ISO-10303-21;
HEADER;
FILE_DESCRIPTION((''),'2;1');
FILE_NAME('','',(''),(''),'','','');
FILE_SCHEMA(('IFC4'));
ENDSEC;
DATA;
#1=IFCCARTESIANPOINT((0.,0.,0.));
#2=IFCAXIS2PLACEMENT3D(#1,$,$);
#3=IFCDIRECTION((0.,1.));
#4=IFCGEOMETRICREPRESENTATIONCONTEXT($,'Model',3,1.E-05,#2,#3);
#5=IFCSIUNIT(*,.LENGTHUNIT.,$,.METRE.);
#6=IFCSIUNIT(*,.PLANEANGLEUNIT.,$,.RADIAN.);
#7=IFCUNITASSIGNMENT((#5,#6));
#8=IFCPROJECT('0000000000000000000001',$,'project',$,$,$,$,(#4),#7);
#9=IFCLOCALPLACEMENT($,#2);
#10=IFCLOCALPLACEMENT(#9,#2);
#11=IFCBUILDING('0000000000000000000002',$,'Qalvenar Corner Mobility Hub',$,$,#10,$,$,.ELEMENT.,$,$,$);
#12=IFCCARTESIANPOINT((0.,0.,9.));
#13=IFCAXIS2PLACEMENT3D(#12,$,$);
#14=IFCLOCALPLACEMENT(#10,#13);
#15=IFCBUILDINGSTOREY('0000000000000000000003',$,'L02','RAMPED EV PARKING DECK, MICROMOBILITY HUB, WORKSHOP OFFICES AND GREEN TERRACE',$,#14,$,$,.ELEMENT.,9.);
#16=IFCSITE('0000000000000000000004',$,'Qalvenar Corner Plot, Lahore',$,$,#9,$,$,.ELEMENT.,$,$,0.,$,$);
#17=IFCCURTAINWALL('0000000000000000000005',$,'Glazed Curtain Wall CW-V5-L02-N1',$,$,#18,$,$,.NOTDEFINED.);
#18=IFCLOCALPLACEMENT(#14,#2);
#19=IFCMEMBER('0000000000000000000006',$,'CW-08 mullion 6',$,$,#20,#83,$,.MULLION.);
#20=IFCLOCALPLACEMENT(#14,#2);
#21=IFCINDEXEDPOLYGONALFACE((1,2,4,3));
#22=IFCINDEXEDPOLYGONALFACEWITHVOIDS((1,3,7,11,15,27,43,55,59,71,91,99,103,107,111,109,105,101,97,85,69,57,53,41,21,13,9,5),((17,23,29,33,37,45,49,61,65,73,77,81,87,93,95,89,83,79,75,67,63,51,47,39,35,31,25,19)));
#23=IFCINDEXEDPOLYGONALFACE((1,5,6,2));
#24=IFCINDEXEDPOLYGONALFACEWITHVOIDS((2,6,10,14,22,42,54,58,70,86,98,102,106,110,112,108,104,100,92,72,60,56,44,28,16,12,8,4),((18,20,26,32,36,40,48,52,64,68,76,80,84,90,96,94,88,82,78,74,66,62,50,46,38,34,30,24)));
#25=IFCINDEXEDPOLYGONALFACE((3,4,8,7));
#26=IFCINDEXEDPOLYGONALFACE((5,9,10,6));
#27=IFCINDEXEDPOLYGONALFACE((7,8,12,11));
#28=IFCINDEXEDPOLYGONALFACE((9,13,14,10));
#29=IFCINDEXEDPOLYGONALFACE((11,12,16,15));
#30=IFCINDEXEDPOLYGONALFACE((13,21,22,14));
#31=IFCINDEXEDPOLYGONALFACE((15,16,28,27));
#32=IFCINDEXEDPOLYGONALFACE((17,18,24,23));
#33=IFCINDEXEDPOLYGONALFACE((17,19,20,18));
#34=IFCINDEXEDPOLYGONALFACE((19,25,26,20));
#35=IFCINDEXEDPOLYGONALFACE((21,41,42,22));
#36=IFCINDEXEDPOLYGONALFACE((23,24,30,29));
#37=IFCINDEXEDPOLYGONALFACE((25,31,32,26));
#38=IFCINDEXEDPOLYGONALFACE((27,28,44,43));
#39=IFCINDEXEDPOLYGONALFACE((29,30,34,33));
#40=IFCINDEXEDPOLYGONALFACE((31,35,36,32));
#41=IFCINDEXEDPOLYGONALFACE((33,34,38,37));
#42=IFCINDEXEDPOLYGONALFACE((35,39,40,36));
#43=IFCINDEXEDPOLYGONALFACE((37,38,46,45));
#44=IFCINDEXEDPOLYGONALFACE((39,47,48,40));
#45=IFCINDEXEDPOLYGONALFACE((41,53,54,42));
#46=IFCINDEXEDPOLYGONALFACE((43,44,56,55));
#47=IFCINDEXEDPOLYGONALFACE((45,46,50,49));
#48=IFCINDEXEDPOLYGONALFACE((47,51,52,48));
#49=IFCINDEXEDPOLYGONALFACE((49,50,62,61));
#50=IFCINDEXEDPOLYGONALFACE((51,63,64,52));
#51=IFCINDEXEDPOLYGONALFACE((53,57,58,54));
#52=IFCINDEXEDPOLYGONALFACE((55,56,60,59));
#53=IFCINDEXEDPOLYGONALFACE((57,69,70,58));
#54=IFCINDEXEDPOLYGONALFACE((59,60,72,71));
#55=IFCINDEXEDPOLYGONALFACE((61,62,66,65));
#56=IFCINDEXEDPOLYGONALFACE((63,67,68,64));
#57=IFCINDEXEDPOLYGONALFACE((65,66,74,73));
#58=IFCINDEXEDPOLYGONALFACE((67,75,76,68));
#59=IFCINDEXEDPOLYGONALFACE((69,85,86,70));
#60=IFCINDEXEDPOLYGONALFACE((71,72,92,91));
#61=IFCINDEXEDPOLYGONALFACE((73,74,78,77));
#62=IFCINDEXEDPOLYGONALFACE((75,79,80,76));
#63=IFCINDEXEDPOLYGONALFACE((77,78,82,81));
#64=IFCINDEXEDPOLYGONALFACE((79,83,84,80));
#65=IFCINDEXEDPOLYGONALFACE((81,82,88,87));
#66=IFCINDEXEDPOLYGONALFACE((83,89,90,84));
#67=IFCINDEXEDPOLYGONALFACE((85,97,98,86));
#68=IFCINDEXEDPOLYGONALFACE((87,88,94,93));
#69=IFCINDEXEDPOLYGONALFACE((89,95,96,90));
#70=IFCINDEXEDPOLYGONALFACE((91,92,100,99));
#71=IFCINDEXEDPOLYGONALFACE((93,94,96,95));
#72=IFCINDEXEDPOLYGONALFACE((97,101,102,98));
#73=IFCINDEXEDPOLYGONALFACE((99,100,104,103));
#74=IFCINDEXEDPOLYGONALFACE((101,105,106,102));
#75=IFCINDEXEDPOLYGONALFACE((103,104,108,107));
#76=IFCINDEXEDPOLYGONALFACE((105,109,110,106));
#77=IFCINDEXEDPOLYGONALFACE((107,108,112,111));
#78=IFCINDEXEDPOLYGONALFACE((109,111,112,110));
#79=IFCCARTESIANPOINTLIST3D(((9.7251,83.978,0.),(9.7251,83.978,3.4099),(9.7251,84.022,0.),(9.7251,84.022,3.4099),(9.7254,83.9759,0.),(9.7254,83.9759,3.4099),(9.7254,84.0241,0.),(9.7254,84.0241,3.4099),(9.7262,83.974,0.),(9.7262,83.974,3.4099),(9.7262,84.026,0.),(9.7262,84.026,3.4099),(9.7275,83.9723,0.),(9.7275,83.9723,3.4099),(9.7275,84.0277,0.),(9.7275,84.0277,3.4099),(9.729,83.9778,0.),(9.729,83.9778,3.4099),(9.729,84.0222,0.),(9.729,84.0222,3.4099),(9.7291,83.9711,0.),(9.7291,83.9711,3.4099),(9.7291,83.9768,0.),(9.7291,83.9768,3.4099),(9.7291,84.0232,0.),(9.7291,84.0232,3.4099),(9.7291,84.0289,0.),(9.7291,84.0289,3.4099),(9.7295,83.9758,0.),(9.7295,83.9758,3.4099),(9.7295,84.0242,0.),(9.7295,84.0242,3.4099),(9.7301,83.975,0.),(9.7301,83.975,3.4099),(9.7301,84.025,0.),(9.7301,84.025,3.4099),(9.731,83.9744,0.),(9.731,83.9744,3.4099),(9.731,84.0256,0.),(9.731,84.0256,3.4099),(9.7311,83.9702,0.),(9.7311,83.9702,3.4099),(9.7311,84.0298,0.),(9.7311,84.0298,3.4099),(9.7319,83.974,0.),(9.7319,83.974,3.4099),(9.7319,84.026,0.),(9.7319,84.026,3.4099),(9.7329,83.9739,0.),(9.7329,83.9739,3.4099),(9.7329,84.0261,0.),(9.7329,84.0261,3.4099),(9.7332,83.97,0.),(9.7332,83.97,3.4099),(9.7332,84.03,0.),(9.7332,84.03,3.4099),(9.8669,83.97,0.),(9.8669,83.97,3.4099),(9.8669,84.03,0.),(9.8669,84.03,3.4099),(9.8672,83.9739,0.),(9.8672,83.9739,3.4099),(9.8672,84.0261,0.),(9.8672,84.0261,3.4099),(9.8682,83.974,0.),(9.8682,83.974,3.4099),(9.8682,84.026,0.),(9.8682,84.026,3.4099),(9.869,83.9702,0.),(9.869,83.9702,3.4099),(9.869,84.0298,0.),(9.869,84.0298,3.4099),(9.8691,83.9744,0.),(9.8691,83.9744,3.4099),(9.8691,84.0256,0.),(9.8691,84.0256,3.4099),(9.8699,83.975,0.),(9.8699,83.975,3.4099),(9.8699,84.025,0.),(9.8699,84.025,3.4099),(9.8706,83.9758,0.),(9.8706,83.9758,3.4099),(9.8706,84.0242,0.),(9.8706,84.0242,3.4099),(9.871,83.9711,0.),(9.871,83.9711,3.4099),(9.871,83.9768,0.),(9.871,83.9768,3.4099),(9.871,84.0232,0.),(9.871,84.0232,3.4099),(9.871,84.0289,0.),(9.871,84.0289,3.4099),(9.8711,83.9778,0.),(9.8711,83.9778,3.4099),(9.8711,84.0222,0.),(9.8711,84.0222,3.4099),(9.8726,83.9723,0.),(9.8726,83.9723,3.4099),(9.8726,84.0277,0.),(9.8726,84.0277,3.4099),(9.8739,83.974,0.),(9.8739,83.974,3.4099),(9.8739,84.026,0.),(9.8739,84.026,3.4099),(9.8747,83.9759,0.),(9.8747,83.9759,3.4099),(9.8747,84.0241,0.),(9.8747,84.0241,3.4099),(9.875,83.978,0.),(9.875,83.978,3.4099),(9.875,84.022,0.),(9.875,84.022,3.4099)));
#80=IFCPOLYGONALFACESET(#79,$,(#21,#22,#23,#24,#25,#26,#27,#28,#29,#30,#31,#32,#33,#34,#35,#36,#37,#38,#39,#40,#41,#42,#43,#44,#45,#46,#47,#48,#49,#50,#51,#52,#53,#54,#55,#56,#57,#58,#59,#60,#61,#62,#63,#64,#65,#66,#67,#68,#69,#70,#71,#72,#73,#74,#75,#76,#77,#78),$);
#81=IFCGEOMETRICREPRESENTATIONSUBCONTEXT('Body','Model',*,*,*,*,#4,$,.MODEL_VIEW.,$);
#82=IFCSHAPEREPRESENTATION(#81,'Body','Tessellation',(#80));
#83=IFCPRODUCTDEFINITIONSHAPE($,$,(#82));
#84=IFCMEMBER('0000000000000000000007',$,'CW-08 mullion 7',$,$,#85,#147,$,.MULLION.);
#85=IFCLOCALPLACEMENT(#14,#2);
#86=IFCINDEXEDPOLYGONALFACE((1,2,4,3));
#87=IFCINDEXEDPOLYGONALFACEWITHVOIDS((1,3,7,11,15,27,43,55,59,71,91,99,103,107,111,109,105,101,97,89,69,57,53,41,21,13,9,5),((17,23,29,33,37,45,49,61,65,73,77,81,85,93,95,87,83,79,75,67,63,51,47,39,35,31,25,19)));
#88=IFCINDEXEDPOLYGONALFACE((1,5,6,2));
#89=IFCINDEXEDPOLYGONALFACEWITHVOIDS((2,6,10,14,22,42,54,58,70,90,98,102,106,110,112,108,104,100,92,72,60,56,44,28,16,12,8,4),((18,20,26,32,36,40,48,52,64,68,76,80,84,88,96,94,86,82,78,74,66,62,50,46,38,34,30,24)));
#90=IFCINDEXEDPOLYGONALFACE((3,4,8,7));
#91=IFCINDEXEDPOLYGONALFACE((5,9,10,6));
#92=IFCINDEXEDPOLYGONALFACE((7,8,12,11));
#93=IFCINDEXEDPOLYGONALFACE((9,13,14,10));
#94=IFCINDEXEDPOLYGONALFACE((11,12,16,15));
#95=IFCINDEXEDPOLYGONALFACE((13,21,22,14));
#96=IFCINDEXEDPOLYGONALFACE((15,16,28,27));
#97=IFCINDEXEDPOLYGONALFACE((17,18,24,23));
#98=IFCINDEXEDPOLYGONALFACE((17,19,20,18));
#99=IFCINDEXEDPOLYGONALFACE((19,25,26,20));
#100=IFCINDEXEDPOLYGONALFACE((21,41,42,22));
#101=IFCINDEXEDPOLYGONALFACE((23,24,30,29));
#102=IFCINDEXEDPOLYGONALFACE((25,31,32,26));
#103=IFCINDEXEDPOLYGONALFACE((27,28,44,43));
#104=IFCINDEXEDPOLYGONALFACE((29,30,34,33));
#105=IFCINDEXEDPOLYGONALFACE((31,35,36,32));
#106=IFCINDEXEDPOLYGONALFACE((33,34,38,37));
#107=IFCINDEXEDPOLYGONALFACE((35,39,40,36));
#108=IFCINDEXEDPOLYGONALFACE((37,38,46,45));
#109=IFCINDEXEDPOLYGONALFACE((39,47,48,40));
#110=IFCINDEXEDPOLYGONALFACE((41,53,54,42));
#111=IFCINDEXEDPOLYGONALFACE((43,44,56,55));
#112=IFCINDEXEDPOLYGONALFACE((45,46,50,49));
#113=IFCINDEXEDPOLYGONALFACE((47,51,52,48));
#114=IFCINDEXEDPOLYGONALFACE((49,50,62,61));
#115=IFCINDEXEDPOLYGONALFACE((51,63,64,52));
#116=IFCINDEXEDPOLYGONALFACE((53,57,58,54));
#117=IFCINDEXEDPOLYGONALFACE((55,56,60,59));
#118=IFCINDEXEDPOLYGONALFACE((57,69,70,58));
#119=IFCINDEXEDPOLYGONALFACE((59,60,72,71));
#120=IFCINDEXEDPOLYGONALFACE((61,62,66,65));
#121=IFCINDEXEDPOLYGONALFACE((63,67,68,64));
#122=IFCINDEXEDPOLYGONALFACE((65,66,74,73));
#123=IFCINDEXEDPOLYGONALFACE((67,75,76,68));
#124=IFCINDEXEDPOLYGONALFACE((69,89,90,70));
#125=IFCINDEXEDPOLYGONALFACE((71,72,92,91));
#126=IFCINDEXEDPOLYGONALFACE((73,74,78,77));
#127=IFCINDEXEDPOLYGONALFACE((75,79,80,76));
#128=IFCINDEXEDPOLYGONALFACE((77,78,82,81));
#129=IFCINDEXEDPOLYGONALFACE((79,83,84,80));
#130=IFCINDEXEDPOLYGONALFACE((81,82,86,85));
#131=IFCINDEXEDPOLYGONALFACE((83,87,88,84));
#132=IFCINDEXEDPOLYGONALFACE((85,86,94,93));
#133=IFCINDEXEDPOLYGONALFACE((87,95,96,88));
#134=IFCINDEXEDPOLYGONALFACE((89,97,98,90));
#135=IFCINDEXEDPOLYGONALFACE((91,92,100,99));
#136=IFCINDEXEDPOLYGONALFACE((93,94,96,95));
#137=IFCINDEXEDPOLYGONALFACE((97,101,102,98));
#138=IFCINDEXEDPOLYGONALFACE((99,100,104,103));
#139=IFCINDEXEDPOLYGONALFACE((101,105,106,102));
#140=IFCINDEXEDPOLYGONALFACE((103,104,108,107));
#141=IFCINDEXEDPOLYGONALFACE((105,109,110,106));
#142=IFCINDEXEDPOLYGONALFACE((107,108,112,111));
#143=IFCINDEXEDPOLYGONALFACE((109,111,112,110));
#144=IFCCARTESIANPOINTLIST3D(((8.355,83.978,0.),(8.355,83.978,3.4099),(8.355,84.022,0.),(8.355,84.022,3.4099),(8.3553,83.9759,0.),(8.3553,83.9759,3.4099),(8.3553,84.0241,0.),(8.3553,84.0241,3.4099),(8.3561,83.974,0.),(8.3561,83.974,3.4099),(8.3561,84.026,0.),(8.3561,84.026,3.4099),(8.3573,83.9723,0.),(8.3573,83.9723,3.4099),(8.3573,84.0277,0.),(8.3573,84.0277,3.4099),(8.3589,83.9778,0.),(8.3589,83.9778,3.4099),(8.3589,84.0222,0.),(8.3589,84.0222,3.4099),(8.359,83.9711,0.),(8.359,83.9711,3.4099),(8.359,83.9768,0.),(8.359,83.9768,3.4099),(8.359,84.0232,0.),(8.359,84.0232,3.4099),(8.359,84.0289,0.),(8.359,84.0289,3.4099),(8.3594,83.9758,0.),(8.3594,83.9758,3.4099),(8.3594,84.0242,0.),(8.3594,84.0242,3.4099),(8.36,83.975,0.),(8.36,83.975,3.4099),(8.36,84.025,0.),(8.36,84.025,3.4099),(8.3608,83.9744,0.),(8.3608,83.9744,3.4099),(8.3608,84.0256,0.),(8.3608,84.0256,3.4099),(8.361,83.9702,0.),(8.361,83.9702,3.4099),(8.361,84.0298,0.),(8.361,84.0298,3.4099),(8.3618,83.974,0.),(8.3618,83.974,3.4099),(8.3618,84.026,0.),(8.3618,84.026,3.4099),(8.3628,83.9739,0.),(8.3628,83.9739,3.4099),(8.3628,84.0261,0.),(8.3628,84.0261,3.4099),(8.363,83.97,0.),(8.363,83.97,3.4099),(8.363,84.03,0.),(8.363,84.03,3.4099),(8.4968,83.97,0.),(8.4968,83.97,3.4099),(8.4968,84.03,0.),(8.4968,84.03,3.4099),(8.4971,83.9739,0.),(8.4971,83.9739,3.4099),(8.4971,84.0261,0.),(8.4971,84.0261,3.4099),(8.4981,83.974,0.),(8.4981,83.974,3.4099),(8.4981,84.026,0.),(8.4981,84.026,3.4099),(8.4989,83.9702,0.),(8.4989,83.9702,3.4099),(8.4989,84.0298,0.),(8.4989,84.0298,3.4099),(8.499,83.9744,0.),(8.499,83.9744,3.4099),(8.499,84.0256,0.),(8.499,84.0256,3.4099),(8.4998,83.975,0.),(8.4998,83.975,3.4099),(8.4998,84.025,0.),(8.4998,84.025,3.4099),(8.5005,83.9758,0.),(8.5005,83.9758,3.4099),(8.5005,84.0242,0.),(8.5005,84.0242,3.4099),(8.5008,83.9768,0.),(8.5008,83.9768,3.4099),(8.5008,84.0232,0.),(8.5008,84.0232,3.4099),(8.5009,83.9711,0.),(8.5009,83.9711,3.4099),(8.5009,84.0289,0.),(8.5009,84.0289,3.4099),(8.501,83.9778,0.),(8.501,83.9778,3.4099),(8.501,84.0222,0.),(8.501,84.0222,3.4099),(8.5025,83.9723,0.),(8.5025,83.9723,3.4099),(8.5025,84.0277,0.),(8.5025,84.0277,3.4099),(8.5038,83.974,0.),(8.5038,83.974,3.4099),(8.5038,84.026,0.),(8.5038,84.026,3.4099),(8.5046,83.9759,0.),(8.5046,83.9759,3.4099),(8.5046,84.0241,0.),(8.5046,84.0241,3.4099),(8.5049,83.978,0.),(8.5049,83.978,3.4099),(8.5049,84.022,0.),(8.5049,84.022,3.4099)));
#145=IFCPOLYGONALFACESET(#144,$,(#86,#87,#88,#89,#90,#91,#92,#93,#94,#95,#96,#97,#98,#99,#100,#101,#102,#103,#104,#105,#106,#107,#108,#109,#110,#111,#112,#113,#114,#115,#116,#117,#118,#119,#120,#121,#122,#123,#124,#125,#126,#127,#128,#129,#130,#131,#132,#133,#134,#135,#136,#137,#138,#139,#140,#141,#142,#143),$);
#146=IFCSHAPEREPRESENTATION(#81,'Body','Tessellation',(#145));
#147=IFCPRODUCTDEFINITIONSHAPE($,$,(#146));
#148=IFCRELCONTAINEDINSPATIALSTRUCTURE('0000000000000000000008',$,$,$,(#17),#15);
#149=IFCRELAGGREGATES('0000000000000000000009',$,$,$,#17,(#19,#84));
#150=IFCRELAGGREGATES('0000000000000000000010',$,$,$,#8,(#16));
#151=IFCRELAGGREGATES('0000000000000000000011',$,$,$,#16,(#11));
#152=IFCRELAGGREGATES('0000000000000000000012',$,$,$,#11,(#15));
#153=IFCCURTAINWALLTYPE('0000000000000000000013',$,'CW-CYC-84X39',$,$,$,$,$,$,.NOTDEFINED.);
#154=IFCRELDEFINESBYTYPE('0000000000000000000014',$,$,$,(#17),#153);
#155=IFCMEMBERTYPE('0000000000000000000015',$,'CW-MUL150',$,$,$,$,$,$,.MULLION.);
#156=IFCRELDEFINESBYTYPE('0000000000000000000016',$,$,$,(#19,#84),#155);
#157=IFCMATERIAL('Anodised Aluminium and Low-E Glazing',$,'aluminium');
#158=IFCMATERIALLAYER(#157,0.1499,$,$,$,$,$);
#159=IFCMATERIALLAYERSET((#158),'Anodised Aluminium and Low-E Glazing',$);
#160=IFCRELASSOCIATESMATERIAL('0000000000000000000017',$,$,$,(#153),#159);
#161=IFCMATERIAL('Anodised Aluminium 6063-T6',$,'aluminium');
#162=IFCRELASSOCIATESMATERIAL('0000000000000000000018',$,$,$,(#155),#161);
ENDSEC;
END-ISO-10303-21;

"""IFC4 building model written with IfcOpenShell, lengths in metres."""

from ifc_helpers import new_model, si_unit, direction, frame, origin, origin_2d, place, context, subcontext, project, spatial, hollow_rectangle, extrude, material, layer, layer_set, material_profile, profile_set, type_object, element, aggregate, save


model = new_model("IFC4")

# Units and contexts
model_context = context("Model", 3, precision=1e-05, world=origin(), true_north=direction((0.0, 1.0)))
body_context = subcontext(model_context, "Body", "Model", "MODEL_VIEW")
ifc_project = project(units=[si_unit("LENGTHUNIT", "METRE"), si_unit("PLANEANGLEUNIT", "RADIAN")], contexts=[model_context])

# Site, building, storey
site_placement = place(None, origin())
site = spatial("IfcSite", under=ifc_project, at=site_placement, Name="Qalvenar Corner Plot, Lahore", CompositionType="ELEMENT", RefElevation=0.0)
building_placement = place(site_placement, origin())
building = spatial("IfcBuilding", under=site, at=building_placement, Name="Qalvenar Corner Mobility Hub", CompositionType="ELEMENT")
storey_placement = place(building_placement, frame((0.0, 0.0, 9.0)))
storey = spatial("IfcBuildingStorey", under=building, at=storey_placement, Name="L02", Description="RAMPED EV PARKING DECK, MICROMOBILITY HUB, WORKSHOP OFFICES AND GREEN TERRACE", CompositionType="ELEMENT", Elevation=9.0)

# Curtain wall, members
ifc_material_1 = material(Name="Anodised Aluminium and Low-E Glazing", Category="aluminium")
ifc_layer_1 = layer(ifc_material_1, 0.1499)
ifc_layer_set_1 = layer_set([ifc_layer_1], Name="Anodised Aluminium and Low-E Glazing")
curtain_wall_type = type_object("IfcCurtainWallType", Name="CW-CYC-84X39", PredefinedType="NOTDEFINED", material=ifc_layer_set_1)
ifc_material_2 = material(Name="Anodised Aluminium 6063-T6", Category="aluminium")
ifc_material_profile_1 = material_profile(ifc_material_2, hollow_rectangle(XDim=0.0601, YDim=0.1499, WallThickness=0.0039, InnerFilletRadius=0.0039, OuterFilletRadius=0.0081, at=origin_2d()), Name="RHS150x60x4")
ifc_profile_set_1 = profile_set([ifc_material_profile_1], Name="Anodised Aluminium 6063-T6")
member_type_1 = type_object("IfcMemberType", Name="CW-MUL150", PredefinedType="MULLION", material=ifc_profile_set_1)
curtain_wall_1_placement = place(storey_placement, origin())
curtain_wall_1 = element("IfcCurtainWall", 1, at=curtain_wall_1_placement, inside=storey, type_object=curtain_wall_type, Name="Glazed Curtain Wall CW-V5-L02-N1", PredefinedType="NOTDEFINED")
member_1_placement = place(storey_placement, frame((9.8, 84.0, 0.0), z_axis=(0.0, 0.0, 1.0), x_axis=(0.0, -1.0, 0.0)))
member_1 = element("IfcMember", 2, at=member_1_placement, type_object=member_type_1, Name="CW-08 mullion 6", PredefinedType="MULLION", context=body_context, shape_type="SweptSolid", body=[
    extrude(hollow_rectangle(XDim=0.0601, YDim=0.1499, WallThickness=0.0039, InnerFilletRadius=0.0039, OuterFilletRadius=0.0081, at=origin_2d()), origin(), (0.0, 0.0, 1.0), 3.4099),
])
member_2_placement = place(storey_placement, frame((8.4299, 84.0, 0.0), z_axis=(0.0, 0.0, 1.0), x_axis=(0.0, -1.0, 0.0)))
member_2 = element("IfcMember", 3, at=member_2_placement, type_object=member_type_1, Name="CW-08 mullion 7", PredefinedType="MULLION", context=body_context, shape_type="SweptSolid", body=[
    extrude(hollow_rectangle(XDim=0.0601, YDim=0.1499, WallThickness=0.0039, InnerFilletRadius=0.0039, OuterFilletRadius=0.0081, at=origin_2d()), origin(), (0.0, 0.0, 1.0), 3.4099),
])

aggregate(curtain_wall_1, [member_1, member_2])

save(model, "model.ifc")
